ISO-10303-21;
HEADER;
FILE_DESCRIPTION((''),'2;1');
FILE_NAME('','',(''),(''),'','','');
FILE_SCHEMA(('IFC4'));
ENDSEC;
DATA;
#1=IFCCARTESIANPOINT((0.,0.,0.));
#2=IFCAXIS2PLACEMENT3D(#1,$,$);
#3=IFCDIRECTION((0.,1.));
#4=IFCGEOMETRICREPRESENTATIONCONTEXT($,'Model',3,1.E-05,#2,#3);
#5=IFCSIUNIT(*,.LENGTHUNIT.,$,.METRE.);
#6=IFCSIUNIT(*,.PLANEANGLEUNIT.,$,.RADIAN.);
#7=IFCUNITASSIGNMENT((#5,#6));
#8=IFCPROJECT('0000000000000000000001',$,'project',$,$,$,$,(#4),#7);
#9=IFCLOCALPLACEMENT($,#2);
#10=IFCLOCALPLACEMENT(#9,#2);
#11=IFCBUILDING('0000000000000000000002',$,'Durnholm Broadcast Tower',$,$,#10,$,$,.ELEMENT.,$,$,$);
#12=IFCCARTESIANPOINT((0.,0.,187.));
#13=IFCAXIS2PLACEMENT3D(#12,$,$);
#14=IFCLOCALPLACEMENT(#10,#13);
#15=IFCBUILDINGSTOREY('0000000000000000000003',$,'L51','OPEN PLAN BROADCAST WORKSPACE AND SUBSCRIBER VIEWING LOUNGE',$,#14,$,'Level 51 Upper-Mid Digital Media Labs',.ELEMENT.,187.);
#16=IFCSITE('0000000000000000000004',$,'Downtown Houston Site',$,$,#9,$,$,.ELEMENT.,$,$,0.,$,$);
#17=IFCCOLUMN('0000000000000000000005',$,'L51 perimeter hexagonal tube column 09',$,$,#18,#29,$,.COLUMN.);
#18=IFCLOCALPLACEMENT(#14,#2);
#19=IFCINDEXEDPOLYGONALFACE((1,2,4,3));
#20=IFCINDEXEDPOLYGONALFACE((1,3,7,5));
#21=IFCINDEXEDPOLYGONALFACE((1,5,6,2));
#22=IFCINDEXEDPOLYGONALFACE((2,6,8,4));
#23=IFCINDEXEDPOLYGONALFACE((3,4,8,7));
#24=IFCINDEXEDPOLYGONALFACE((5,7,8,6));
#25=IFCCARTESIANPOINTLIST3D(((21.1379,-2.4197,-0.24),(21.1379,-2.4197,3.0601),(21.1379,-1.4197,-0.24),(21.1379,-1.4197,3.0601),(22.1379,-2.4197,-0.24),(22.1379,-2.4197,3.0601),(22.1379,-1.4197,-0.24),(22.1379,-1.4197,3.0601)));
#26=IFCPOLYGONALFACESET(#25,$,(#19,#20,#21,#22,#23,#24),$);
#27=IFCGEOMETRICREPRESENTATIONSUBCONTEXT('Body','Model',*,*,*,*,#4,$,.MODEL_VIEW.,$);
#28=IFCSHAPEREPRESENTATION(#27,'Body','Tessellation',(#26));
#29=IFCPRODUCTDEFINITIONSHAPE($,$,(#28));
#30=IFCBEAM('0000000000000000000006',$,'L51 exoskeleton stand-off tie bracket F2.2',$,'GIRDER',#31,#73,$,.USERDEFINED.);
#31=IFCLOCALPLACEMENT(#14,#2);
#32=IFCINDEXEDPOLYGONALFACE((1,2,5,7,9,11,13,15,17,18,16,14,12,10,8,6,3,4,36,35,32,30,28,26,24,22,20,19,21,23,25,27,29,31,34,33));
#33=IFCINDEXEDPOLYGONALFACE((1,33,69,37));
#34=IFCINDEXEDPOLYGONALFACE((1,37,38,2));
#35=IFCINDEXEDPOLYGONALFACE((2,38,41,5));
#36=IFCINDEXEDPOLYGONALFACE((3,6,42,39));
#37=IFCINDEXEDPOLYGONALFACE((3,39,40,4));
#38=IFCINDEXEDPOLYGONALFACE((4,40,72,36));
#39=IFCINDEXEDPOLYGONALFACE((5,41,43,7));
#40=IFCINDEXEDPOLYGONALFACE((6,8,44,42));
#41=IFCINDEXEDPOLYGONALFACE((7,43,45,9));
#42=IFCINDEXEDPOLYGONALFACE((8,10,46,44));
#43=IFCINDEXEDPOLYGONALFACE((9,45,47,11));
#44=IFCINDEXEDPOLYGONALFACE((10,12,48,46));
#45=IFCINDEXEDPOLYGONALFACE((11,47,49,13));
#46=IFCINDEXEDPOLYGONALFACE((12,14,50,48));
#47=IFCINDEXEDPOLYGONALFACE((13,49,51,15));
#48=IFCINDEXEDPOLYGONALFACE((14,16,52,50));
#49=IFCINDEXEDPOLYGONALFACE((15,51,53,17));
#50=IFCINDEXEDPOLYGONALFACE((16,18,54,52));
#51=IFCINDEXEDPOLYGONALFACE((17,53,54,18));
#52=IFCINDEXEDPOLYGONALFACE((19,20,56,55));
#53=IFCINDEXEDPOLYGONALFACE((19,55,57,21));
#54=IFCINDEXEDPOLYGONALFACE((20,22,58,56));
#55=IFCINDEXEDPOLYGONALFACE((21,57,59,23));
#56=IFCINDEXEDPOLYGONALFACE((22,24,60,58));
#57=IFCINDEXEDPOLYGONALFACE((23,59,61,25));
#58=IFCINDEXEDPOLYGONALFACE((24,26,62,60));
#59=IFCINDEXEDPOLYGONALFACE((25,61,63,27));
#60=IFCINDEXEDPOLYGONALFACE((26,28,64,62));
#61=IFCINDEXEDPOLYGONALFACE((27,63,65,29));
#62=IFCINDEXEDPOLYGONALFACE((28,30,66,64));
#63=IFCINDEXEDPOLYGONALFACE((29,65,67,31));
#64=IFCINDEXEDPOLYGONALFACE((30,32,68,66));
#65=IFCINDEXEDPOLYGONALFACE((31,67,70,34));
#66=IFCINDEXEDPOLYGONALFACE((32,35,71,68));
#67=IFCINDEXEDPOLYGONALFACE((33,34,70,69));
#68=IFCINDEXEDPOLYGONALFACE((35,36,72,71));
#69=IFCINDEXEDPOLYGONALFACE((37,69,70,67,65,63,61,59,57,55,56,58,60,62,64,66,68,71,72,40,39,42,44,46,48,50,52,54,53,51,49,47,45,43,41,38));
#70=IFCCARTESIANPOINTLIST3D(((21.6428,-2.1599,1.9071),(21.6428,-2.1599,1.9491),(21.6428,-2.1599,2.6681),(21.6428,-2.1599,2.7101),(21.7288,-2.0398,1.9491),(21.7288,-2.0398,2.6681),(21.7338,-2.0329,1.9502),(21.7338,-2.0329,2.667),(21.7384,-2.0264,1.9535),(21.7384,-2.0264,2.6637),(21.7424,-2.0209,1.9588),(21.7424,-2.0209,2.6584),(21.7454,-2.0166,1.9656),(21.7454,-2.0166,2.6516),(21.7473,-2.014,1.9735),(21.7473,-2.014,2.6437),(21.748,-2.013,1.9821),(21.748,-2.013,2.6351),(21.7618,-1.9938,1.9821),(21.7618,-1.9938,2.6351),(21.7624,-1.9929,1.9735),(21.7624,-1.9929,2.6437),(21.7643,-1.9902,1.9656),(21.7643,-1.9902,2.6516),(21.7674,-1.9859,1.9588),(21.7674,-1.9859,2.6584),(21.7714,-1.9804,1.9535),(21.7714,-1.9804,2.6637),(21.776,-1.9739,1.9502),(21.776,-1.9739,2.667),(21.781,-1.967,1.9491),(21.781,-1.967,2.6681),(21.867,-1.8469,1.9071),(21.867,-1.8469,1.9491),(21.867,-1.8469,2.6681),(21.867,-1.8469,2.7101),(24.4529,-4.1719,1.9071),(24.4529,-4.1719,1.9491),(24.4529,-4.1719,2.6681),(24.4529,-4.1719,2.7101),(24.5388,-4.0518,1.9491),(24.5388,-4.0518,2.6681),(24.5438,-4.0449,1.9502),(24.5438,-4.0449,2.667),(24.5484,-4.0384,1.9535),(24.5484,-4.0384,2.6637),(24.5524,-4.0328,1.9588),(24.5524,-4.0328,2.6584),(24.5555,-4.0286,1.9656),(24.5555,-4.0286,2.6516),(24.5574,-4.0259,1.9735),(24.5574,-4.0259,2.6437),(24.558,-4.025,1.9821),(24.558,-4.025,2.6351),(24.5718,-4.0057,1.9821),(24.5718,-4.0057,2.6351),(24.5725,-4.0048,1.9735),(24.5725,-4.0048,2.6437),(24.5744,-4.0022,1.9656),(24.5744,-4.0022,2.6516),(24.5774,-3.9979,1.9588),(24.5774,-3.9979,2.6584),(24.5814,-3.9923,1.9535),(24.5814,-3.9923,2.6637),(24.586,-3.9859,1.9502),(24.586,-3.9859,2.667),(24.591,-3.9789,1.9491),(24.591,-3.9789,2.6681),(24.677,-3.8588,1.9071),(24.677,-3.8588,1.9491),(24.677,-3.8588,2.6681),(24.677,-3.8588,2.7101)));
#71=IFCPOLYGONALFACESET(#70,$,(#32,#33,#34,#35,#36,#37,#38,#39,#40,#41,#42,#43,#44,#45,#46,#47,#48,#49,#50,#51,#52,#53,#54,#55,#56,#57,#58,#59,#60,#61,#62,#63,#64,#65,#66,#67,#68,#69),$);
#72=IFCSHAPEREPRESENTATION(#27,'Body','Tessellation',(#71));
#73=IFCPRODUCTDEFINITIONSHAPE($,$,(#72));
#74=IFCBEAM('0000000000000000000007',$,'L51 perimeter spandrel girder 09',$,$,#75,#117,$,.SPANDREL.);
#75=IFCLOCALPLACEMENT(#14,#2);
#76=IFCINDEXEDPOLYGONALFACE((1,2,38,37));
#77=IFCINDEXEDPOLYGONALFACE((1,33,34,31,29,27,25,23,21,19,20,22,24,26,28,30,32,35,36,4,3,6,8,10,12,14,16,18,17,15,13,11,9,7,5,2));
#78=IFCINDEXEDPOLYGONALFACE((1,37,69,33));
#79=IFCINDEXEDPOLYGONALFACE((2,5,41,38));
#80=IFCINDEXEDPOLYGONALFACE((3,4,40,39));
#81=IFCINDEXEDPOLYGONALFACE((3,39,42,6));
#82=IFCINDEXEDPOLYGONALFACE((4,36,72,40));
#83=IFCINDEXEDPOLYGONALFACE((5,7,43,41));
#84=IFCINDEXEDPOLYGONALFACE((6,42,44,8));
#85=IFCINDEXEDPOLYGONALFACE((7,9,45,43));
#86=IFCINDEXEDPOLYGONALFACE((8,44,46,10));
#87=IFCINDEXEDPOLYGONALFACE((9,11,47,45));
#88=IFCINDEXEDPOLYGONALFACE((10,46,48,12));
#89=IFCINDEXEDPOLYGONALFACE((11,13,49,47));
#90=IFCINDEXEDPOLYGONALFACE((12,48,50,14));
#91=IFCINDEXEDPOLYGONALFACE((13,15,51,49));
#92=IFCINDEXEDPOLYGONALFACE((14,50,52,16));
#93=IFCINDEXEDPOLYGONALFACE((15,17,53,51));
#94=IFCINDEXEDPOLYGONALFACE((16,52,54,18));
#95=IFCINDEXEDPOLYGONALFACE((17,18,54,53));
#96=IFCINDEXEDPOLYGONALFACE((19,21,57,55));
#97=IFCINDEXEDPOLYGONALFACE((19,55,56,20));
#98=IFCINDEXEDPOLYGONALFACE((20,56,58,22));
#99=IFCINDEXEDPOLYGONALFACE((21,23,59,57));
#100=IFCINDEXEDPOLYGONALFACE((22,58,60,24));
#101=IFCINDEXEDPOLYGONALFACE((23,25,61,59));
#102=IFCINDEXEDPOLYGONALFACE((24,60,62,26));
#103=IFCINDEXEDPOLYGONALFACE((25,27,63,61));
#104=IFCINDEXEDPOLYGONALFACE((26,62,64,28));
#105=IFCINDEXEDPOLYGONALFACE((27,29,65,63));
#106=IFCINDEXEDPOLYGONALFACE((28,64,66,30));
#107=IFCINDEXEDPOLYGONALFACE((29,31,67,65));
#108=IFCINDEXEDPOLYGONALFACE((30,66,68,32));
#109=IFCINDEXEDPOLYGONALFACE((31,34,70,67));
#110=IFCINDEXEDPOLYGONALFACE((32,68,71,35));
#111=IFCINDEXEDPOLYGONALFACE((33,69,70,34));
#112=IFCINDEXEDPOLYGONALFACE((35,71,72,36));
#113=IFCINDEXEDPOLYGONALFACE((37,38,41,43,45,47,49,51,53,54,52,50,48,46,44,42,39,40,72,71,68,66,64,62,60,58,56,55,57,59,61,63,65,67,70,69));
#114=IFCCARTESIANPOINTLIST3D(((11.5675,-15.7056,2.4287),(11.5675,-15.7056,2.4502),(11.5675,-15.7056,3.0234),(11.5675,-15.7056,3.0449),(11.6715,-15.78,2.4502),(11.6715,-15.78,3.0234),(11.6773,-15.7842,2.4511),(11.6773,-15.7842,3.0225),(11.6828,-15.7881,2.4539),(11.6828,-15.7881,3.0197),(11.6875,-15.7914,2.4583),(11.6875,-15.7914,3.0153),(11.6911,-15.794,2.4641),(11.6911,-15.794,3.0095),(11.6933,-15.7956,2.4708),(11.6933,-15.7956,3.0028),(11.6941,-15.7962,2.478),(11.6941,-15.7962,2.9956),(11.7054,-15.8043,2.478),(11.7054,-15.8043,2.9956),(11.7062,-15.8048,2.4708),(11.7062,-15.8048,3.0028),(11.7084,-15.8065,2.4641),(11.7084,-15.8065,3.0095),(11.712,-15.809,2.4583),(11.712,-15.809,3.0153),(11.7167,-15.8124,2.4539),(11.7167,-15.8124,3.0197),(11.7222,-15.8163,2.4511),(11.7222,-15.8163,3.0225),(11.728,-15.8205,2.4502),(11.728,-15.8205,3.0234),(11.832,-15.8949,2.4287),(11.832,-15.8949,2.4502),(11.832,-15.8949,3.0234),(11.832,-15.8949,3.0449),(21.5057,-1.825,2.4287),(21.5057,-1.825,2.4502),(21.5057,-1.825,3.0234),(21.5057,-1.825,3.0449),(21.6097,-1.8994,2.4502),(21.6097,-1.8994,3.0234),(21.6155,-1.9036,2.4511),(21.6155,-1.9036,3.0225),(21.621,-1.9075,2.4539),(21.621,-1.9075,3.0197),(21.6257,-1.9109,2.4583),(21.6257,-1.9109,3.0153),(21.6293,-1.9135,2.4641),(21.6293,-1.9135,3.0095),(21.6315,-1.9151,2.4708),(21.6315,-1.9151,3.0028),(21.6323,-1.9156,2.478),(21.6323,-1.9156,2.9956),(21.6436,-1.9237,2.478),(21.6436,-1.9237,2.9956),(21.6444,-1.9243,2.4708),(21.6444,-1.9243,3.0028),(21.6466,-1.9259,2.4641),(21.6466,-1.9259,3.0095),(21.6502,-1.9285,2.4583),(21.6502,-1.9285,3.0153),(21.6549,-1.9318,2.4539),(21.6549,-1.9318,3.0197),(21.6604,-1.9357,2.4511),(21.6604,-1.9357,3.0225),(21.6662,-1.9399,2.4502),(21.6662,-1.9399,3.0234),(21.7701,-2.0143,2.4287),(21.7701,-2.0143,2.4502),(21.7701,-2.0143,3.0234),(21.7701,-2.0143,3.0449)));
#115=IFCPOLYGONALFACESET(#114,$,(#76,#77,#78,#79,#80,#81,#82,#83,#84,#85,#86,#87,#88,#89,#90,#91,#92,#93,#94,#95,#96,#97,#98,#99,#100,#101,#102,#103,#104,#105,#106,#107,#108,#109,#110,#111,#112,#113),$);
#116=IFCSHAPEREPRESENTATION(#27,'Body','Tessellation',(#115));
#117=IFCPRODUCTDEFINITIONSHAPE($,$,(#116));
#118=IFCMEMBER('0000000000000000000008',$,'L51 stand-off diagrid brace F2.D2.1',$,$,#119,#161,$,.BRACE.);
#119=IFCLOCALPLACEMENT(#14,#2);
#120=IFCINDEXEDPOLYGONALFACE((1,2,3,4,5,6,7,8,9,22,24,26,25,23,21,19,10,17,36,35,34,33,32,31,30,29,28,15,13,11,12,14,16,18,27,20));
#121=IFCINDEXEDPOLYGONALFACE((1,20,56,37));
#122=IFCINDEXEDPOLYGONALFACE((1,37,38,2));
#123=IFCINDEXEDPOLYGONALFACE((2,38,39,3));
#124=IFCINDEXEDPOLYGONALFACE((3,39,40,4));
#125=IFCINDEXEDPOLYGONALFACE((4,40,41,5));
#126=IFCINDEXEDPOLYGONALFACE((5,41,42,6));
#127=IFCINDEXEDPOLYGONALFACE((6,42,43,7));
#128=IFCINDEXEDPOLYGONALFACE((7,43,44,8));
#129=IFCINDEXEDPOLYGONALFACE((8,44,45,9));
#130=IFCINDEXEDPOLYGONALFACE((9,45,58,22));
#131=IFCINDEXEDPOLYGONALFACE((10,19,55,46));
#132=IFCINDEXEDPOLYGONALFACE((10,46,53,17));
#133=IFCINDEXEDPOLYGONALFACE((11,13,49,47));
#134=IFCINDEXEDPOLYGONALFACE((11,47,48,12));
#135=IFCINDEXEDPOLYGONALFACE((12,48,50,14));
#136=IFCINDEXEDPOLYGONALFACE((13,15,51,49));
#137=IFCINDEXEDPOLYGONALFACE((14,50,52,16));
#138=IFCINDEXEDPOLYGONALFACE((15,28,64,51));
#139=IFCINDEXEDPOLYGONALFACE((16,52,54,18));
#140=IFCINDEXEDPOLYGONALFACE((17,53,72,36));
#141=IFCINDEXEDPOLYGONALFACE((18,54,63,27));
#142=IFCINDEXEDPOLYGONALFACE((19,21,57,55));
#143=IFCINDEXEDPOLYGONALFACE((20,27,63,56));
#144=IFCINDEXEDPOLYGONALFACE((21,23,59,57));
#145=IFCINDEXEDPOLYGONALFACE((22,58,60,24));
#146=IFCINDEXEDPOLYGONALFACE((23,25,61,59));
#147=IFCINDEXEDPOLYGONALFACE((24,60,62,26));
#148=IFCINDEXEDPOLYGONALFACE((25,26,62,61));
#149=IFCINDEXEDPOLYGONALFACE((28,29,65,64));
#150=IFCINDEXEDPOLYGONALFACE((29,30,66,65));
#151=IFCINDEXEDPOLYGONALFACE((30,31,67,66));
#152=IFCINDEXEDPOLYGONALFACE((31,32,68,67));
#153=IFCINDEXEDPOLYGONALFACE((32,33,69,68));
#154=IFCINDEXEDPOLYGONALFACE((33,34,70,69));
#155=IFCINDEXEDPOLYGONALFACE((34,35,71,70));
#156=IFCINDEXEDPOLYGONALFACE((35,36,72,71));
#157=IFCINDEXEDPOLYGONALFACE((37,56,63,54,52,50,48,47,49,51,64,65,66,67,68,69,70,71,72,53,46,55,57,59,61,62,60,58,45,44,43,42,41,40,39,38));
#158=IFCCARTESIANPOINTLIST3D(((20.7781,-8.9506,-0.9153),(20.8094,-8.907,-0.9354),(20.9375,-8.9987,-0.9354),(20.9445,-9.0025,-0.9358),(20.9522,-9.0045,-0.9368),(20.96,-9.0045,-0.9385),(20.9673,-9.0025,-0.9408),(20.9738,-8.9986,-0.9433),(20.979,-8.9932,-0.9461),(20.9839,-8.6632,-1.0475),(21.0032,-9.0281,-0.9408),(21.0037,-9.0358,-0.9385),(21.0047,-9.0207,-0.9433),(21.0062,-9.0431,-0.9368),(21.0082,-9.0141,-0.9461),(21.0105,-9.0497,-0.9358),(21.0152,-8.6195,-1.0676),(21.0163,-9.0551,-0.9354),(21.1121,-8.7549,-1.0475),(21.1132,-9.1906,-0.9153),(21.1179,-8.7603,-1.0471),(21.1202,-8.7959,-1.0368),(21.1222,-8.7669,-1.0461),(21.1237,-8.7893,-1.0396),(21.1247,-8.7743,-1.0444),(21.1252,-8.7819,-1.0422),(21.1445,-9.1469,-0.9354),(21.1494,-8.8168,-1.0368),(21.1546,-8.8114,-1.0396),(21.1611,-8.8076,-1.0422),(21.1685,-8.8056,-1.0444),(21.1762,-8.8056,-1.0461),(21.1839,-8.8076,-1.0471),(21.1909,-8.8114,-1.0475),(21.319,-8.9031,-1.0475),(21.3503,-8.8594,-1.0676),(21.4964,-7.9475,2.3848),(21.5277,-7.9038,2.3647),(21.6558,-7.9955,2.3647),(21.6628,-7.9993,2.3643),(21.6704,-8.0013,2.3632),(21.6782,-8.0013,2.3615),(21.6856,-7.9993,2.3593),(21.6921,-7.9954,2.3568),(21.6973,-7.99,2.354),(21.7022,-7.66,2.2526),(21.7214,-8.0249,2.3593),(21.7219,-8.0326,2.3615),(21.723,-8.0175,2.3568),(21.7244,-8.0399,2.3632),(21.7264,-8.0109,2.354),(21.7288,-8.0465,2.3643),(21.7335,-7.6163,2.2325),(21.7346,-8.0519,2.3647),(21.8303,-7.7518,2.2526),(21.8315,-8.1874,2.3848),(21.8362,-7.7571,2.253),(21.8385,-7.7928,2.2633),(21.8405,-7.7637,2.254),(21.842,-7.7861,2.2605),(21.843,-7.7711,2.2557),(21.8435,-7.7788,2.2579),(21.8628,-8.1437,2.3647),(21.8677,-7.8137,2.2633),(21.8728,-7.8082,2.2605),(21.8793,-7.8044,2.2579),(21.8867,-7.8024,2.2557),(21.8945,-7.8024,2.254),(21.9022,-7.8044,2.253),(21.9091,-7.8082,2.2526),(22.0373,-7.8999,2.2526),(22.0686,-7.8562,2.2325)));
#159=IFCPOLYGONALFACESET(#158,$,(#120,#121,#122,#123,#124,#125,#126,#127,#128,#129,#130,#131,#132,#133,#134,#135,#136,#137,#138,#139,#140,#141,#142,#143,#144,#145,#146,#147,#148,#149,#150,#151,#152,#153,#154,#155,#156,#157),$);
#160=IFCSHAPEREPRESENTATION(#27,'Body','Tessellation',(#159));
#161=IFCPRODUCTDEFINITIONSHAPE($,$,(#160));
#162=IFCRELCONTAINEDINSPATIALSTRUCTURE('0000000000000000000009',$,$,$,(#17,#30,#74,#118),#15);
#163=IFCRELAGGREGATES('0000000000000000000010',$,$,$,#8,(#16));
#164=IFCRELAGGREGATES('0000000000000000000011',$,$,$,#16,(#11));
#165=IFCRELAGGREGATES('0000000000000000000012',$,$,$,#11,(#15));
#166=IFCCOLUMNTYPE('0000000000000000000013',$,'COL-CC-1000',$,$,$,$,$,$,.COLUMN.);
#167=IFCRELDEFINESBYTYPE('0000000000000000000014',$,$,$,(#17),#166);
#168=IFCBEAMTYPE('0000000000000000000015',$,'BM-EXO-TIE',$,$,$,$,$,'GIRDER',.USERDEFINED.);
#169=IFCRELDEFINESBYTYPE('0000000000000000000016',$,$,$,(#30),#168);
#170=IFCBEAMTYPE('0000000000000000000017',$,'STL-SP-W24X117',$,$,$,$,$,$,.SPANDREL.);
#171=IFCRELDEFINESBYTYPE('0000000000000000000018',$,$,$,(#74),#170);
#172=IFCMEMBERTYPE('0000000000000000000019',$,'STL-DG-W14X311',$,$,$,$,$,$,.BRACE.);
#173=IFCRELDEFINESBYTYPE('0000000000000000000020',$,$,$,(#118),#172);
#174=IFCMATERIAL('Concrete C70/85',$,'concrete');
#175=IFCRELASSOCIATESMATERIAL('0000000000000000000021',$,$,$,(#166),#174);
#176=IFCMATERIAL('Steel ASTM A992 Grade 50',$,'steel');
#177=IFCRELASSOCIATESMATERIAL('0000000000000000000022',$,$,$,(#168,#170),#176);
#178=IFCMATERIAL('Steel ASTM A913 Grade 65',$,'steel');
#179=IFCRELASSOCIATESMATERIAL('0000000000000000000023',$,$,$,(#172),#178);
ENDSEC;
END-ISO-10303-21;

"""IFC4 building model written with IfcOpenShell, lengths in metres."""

from ifc_helpers import new_model, si_unit, direction, frame, origin, origin_2d, place, context, subcontext, project, spatial, rectangle, i_section, extrude, source, transform, mapped, material, material_profile, profile_set, type_object, type_shapes, element, save


model = new_model("IFC4")

# Units and contexts
model_context = context("Model", 3, precision=1e-05, world=origin(), true_north=direction((0.0, 1.0)))
body_context = subcontext(model_context, "Body", "Model", "MODEL_VIEW")
ifc_project = project(units=[si_unit("LENGTHUNIT", "METRE"), si_unit("PLANEANGLEUNIT", "RADIAN")], contexts=[model_context])

# Site, building, storey
site_placement = place(None, origin())
site = spatial("IfcSite", under=ifc_project, at=site_placement, Name="Downtown Houston Site", CompositionType="ELEMENT", RefElevation=0.0)
building_placement = place(site_placement, origin())
building = spatial("IfcBuilding", under=site, at=building_placement, Name="Durnholm Broadcast Tower", CompositionType="ELEMENT")
storey_placement = place(building_placement, frame((0.0, 0.0, 187.0)))
storey = spatial("IfcBuildingStorey", under=building, at=storey_placement, Name="L51", Description="OPEN PLAN BROADCAST WORKSPACE AND SUBSCRIBER VIEWING LOUNGE", LongName="Level 51 Upper-Mid Digital Media Labs", CompositionType="ELEMENT", Elevation=187.0)

# Column
ifc_material_1 = material(Name="Concrete C70/85", Category="concrete")
ifc_material_profile_1 = material_profile(ifc_material_1, rectangle(XDim=1.0, YDim=1.0, at=origin_2d()), Name="RC1000X1000")
ifc_profile_set_1 = profile_set([ifc_material_profile_1], Name="Concrete C70/85")
column_type = type_object("IfcColumnType", Name="COL-CC-1000", PredefinedType="COLUMN", material=ifc_profile_set_1)
shared_shape_1 = source(origin(), body_context, "Body", "SweptSolid", [
    extrude(rectangle(XDim=1.0, YDim=1.0, at=origin_2d()), origin(), (0.0, 0.0, 1.0), 3.3),
])
type_shapes(column_type, [shared_shape_1])
column_placement = place(storey_placement, frame((21.6379, -1.9197, -0.24), z_axis=(0.0, 0.0, 1.0), x_axis=(1.0, 0.0, 0.0)))
element("IfcColumn", 1, at=column_placement, inside=storey, type_object=column_type, Name="L51 perimeter hexagonal tube column 09", PredefinedType="COLUMN", context=body_context, shape_type="MappedRepresentation", body=[
    mapped(shared_shape_1, transform((0.0, 0.0, 0.0), x_axis=(1.0, 0.0, 0.0), y_axis=(0.0, 1.0, 0.0), z_axis=(0.0, 0.0, 1.0), scale=1.0)),
])

# Beams
ifc_material_2 = material(Name="Steel ASTM A992 Grade 50", Category="steel")
ifc_material_profile_2 = material_profile(ifc_material_2, i_section(OverallWidth=0.385, OverallDepth=0.803, WebThickness=0.0237, FlangeThickness=0.042, FilletRadius=0.033, at=origin_2d()), Name="W30X261")
ifc_profile_set_2 = profile_set([ifc_material_profile_2], Name="Steel ASTM A992 Grade 50")
beam_type_1 = type_object("IfcBeamType", Name="BM-EXO-TIE", ElementType="GIRDER", PredefinedType="USERDEFINED", material=ifc_profile_set_2)
shared_shape_2 = source(origin(), body_context, "Body", "SweptSolid", [
    extrude(i_section(OverallWidth=0.385, OverallDepth=0.803, WebThickness=0.0237, FlangeThickness=0.042, FilletRadius=0.033, at=origin_2d()), origin(), (0.0, 0.0, 1.0), 3.4561),
])
type_shapes(beam_type_1, [shared_shape_2])
beam_1_placement = place(storey_placement, frame((21.7549, -2.0034, 2.3086), z_axis=(0.813079, -0.582153, 0.0), x_axis=(0.582153, 0.813079, 0.0)))
element("IfcBeam", 2, at=beam_1_placement, inside=storey, type_object=beam_type_1, Name="L51 exoskeleton stand-off tie bracket F2.2", ObjectType="GIRDER", PredefinedType="USERDEFINED", context=body_context, shape_type="MappedRepresentation", body=[
    mapped(shared_shape_2, transform((0.0, 0.0, 0.0), x_axis=(1.0, 0.0, 0.0), y_axis=(0.0, 1.0, 0.0), z_axis=(0.0, 0.0, 1.0), scale=1.0)),
])
ifc_material_profile_3 = material_profile(ifc_material_2, i_section(OverallWidth=0.3252, OverallDepth=0.6162, WebThickness=0.0139, FlangeThickness=0.0215, FilletRadius=0.0278, at=origin_2d()), Name="W24X117")
ifc_profile_set_3 = profile_set([ifc_material_profile_3], Name="Steel ASTM A992 Grade 50")
beam_type_2 = type_object("IfcBeamType", Name="STL-SP-W24X117", PredefinedType="SPANDREL", material=ifc_profile_set_3)
shared_shape_3 = source(origin(), body_context, "Body", "SweptSolid", [
    extrude(i_section(OverallWidth=0.3252, OverallDepth=0.6162, WebThickness=0.0139, FlangeThickness=0.0215, FilletRadius=0.0278, at=origin_2d()), origin(), (0.0, 0.0, 1.0), 17.0715),
])
type_shapes(beam_type_2, [shared_shape_3])
beam_2_placement = place(storey_placement, frame((21.6379, -1.9197, 2.7368), z_axis=(-0.58215, -0.813082, 0.0), x_axis=(0.813082, -0.58215, 0.0)))
element("IfcBeam", 3, at=beam_2_placement, inside=storey, type_object=beam_type_2, Name="L51 perimeter spandrel girder 09", PredefinedType="SPANDREL", context=body_context, shape_type="MappedRepresentation", body=[
    mapped(shared_shape_3, transform((0.0, 0.0, 0.0), x_axis=(1.0, 0.0, 0.0), y_axis=(0.0, 1.0, 0.0), z_axis=(0.0, 0.0, 1.0), scale=1.0)),
])

# Member
ifc_material_3 = material(Name="Steel ASTM A913 Grade 65", Category="steel")
ifc_material_profile_4 = material_profile(ifc_material_3, i_section(OverallWidth=0.4121, OverallDepth=0.4348, WebThickness=0.0359, FlangeThickness=0.0574, FilletRadius=0.0305, at=origin_2d()), Name="W14X311")
ifc_profile_set_4 = profile_set([ifc_material_profile_4], Name="Steel ASTM A913 Grade 65")
member_type_1 = type_object("IfcMemberType", Name="STL-DG-W14X311", PredefinedType="BRACE", material=ifc_profile_set_4)
shared_shape_4 = source(origin(), body_context, "Body", "SweptSolid", [
    extrude(i_section(OverallWidth=0.4121, OverallDepth=0.4348, WebThickness=0.0359, FlangeThickness=0.0574, FilletRadius=0.0305, at=origin_2d()), origin(), (0.0, 0.0, 1.0), 3.5232),
])
type_shapes(member_type_1, [shared_shape_4])
for number, where, z_axis, x_axis, name in (
    (4, (21.0642, -8.905, -0.9915), (0.203869, 0.284738, 0.936676), (-0.813078, 0.582155, 0.0), "L51 stand-off diagrid brace F2.D2.1"),
):
    element("IfcMember", number, at=place(storey_placement, frame(where, z_axis=z_axis, x_axis=x_axis)), inside=storey, type_object=member_type_1, Name=name, PredefinedType="BRACE", context=body_context, shape_type="MappedRepresentation", body=[
        mapped(shared_shape_4, transform((0.0, 0.0, 0.0), x_axis=(1.0, 0.0, 0.0), y_axis=(0.0, 1.0, 0.0), z_axis=(0.0, 0.0, 1.0), scale=1.0)),
    ])

save(model, "model.ifc")
